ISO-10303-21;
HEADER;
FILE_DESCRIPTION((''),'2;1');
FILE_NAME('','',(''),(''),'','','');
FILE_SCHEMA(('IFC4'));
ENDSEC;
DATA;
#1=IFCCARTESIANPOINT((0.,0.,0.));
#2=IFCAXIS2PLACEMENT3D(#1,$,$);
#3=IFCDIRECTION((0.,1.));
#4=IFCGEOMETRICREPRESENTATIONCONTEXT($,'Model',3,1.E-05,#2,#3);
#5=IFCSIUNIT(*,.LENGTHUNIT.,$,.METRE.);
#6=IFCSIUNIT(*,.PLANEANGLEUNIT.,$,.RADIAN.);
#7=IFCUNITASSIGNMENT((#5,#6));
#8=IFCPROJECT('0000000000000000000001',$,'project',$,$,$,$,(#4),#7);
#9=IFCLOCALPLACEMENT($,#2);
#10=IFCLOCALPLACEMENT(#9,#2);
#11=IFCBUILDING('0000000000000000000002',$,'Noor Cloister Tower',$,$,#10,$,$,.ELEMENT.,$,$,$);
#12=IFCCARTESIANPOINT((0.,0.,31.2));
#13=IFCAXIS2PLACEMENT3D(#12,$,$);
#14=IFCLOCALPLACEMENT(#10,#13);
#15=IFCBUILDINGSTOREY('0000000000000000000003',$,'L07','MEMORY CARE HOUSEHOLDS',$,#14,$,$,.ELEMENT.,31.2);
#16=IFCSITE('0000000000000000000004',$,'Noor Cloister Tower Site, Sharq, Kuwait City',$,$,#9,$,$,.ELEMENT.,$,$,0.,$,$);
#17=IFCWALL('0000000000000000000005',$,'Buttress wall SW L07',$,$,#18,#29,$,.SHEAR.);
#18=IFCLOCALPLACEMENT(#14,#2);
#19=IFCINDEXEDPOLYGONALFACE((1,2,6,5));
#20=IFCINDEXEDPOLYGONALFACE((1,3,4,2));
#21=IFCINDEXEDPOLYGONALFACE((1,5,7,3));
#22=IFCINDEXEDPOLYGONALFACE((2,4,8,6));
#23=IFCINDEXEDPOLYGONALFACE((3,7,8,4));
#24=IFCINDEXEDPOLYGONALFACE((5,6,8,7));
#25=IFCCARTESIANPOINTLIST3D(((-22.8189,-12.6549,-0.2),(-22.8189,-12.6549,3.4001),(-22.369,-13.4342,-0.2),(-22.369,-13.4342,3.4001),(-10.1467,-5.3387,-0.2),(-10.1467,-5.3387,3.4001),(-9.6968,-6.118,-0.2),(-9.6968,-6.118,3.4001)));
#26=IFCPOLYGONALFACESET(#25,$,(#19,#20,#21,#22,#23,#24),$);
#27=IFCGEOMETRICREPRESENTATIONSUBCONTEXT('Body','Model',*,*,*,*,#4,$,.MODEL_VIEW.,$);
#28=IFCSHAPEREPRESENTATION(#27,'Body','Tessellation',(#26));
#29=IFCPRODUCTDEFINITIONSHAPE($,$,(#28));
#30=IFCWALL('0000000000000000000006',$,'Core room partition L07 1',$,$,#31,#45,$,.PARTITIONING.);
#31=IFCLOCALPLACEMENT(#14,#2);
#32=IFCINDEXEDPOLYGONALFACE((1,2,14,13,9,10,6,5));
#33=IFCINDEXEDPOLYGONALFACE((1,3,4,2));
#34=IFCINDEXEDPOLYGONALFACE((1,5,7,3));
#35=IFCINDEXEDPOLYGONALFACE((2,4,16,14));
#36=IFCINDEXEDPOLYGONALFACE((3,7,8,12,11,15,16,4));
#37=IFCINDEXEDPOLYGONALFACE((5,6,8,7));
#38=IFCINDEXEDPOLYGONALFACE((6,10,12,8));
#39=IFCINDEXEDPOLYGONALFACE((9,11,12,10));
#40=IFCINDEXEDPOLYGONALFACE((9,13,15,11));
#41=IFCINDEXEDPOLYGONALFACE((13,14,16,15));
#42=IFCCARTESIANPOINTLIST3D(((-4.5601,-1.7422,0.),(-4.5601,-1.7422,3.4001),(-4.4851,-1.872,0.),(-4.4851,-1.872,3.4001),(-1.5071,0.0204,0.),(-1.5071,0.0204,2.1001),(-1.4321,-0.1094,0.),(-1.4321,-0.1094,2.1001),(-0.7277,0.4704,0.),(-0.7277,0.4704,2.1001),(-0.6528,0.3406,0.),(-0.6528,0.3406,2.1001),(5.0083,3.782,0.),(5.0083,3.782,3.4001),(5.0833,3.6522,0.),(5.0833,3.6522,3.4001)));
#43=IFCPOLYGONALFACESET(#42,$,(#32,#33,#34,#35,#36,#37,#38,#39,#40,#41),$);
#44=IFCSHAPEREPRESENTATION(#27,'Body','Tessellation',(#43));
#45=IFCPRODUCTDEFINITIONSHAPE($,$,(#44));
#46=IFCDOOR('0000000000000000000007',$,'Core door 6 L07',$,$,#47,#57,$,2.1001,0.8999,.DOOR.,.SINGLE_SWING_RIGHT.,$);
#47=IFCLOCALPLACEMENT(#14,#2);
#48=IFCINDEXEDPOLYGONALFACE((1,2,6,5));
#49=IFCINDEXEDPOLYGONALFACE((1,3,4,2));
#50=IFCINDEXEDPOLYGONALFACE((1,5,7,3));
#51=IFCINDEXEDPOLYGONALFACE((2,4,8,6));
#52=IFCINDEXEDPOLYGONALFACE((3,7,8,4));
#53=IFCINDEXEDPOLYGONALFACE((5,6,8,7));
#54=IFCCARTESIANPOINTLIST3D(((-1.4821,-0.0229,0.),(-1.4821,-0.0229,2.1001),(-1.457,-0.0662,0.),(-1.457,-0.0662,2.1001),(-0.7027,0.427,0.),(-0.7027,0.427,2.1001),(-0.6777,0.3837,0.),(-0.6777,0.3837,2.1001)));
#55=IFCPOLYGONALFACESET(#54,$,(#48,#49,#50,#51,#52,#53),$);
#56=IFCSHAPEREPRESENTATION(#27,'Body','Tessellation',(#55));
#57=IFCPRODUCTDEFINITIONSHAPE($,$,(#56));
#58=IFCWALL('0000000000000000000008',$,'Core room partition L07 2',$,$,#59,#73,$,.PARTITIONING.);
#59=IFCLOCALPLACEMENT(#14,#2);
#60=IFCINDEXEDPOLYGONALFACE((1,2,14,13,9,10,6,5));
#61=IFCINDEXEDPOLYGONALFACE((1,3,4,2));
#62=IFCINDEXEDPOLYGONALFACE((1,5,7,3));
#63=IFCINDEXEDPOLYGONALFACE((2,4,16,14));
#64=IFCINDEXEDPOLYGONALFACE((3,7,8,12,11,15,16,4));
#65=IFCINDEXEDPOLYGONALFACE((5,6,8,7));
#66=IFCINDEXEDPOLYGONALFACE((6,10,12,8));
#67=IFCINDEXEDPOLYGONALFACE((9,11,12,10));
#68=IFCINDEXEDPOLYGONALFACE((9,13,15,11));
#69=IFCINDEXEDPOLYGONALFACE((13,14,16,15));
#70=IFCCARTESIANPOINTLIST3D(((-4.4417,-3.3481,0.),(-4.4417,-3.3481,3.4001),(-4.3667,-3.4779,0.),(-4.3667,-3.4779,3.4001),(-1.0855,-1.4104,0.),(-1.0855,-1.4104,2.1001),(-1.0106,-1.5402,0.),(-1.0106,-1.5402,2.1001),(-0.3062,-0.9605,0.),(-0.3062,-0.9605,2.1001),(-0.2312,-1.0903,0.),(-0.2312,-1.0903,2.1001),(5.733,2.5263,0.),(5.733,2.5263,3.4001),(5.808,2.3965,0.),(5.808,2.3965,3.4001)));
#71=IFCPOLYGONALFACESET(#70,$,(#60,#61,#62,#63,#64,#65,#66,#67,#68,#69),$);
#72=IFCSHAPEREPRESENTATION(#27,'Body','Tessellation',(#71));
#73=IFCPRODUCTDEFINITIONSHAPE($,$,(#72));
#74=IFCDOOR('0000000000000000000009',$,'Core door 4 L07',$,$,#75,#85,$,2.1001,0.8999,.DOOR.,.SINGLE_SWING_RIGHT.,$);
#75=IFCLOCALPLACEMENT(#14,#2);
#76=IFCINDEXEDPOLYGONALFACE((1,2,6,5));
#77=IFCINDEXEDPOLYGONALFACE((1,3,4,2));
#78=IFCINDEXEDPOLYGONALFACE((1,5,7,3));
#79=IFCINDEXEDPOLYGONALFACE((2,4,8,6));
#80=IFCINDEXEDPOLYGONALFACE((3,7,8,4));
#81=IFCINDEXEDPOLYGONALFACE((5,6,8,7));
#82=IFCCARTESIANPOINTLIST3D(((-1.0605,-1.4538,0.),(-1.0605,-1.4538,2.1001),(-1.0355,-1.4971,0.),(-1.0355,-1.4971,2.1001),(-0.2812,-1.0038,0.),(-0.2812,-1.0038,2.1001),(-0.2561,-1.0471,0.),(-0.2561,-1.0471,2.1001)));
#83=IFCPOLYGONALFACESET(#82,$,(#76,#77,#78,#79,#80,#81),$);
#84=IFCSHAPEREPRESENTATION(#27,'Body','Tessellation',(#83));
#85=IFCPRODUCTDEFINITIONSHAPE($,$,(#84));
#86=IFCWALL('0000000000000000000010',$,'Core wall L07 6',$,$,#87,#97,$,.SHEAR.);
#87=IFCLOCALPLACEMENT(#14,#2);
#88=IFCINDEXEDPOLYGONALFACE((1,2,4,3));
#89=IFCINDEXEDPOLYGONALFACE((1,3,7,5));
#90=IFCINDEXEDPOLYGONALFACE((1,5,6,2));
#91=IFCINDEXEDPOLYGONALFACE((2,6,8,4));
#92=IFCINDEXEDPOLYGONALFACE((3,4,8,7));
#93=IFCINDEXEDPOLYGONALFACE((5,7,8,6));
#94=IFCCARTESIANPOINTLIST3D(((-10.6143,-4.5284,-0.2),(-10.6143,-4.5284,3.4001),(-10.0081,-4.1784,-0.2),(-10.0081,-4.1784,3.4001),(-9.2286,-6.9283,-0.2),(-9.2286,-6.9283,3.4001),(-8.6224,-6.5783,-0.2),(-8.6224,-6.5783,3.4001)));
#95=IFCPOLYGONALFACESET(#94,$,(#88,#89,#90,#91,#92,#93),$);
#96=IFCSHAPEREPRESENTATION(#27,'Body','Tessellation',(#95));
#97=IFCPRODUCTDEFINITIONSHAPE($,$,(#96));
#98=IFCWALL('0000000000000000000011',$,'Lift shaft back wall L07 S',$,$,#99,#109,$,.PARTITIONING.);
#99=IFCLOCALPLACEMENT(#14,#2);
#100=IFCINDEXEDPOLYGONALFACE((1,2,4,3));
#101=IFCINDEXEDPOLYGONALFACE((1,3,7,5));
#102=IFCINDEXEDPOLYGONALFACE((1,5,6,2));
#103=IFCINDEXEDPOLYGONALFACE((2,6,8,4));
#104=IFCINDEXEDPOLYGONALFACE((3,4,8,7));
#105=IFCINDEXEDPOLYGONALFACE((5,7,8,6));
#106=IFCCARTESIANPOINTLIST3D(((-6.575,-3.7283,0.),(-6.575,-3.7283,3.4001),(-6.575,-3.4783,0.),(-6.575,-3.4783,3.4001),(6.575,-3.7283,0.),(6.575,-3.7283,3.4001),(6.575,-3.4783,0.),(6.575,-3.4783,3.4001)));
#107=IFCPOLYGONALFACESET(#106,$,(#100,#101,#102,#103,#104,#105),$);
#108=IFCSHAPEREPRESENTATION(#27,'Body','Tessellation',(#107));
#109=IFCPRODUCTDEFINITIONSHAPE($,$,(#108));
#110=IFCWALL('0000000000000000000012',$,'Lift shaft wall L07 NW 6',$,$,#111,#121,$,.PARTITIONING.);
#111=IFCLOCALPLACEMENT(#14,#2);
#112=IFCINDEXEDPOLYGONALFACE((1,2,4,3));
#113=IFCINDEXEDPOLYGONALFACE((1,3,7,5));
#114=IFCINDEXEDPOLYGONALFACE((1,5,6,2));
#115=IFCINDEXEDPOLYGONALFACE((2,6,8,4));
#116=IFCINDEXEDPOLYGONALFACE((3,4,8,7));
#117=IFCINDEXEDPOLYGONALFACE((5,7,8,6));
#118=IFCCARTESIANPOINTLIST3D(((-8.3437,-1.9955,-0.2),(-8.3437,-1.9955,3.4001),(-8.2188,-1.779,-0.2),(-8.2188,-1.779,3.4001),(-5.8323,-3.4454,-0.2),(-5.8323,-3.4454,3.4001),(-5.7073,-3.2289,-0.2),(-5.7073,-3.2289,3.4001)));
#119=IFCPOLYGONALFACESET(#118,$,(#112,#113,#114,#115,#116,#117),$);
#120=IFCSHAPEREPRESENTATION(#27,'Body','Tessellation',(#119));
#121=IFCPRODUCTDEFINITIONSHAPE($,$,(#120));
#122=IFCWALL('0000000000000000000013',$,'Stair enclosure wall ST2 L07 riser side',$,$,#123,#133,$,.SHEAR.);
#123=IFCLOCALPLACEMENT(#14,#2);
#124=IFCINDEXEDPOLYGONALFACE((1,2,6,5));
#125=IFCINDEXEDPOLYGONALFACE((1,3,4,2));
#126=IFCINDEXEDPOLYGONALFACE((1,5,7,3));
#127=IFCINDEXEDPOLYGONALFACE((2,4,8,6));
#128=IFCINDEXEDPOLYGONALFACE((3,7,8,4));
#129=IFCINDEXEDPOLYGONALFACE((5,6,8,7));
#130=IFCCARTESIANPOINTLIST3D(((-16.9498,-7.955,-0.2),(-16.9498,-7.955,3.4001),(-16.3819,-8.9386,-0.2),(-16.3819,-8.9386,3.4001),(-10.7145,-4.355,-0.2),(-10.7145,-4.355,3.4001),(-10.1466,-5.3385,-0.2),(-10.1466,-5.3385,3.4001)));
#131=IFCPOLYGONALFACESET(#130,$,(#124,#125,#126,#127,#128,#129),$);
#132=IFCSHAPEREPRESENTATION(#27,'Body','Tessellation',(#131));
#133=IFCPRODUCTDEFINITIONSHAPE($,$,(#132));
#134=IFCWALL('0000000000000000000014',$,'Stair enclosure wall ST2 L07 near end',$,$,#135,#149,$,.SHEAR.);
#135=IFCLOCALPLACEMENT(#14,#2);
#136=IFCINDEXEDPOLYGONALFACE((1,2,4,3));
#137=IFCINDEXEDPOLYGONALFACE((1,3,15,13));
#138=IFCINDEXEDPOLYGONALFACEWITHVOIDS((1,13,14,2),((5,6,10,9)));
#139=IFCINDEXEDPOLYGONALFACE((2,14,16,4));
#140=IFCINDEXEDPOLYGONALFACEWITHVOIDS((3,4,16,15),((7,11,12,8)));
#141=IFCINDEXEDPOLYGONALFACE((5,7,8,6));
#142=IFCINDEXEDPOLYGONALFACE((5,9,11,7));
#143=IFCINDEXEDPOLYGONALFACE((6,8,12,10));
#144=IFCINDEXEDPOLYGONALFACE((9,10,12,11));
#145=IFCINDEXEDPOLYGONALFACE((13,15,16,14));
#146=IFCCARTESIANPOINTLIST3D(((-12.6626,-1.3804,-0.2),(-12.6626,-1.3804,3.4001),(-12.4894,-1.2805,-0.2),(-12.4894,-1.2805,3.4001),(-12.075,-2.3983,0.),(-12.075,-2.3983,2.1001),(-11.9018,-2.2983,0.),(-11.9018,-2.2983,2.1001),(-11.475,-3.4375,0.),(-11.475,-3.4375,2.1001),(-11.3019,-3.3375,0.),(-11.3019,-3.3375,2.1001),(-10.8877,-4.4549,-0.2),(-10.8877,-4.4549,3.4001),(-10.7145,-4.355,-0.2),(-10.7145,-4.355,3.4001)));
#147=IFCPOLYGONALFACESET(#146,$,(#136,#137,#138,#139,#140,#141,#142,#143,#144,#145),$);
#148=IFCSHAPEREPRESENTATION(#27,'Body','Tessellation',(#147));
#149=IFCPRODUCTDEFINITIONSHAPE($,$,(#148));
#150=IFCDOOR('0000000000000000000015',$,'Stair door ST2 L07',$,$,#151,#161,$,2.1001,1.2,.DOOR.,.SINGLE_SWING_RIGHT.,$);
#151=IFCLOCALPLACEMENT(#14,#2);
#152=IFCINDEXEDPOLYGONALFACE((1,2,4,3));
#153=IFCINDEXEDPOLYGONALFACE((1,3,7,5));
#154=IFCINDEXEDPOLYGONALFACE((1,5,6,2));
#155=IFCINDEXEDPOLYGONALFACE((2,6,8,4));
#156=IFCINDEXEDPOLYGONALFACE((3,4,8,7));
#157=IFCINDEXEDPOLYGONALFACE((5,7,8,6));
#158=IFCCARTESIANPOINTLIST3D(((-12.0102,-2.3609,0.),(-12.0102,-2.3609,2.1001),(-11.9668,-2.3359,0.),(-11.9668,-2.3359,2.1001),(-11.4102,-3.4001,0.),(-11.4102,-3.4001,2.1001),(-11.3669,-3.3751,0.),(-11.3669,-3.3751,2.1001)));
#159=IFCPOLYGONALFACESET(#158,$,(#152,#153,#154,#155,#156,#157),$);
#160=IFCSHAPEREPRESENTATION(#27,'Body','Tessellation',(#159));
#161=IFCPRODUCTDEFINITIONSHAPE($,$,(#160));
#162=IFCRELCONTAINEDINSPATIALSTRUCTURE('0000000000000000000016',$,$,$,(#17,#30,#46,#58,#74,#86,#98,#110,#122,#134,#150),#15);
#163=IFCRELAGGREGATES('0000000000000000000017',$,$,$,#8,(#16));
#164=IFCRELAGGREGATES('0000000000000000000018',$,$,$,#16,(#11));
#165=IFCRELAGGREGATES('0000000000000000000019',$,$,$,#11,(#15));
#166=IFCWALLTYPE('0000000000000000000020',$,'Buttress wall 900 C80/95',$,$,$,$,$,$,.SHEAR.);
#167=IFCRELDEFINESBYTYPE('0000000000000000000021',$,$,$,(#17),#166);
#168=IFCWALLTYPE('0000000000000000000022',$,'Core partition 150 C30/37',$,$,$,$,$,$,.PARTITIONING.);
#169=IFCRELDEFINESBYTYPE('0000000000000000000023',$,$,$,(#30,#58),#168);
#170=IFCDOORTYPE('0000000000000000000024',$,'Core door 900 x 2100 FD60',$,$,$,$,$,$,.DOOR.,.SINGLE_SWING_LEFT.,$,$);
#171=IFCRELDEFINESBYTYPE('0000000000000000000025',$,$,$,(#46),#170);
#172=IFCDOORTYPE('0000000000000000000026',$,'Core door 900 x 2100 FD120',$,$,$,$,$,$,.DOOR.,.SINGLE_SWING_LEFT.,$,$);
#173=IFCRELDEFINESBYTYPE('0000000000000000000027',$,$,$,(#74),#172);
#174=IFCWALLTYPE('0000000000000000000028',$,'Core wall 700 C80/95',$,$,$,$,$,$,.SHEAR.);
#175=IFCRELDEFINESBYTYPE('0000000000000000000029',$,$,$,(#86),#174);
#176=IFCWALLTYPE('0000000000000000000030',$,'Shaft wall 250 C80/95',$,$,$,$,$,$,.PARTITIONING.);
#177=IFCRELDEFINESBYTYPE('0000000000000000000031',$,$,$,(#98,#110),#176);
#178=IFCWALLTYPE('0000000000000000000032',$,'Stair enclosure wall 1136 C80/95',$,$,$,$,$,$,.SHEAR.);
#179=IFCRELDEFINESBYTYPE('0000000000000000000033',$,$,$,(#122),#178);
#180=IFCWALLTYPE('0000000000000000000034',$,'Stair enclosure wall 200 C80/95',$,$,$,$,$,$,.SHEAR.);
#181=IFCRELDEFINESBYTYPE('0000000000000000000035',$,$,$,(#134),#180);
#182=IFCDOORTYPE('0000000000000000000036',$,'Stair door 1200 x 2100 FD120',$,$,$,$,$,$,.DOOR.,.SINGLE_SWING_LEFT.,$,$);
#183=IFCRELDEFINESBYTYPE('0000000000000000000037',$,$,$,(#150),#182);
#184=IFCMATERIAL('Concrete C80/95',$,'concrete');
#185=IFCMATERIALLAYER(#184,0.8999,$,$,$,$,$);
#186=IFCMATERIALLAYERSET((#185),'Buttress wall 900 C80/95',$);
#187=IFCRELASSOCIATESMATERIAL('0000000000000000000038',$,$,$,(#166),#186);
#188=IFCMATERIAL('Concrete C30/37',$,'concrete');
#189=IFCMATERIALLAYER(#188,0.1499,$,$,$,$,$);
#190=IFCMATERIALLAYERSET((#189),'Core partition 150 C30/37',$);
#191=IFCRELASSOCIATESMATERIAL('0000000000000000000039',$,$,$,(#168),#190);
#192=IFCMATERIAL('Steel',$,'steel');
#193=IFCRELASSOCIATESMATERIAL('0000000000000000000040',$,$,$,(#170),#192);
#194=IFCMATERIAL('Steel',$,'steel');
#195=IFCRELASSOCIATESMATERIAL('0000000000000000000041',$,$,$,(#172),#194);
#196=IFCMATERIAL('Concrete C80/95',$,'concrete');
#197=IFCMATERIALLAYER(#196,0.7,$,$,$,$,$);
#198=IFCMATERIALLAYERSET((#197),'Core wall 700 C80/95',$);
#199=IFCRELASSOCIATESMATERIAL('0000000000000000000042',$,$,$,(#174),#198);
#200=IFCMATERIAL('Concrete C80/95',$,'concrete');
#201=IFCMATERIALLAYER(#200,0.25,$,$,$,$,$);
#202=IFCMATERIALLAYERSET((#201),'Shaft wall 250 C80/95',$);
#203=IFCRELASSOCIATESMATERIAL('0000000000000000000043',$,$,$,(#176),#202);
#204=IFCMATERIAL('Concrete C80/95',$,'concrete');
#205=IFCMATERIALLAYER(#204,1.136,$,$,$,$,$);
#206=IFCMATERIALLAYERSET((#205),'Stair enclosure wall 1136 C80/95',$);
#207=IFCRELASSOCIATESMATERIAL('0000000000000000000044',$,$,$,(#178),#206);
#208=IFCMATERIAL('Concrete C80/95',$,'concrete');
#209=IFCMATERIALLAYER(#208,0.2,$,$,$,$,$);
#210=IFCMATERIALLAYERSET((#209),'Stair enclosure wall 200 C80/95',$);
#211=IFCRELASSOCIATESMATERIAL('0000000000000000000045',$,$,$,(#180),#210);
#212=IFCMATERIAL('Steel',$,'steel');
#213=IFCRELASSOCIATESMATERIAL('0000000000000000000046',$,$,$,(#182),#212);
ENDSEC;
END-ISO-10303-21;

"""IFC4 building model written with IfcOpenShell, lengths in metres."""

from ifc_helpers import new_model, si_unit, direction, frame, frame_2d, origin, place, context, subcontext, project, spatial, rectangle, extrude, material, layer, layer_set, type_object, element, fill, save


model = new_model("IFC4")

# Units and contexts
model_context = context("Model", 3, precision=1e-05, world=origin(), true_north=direction((0.0, 1.0)))
body_context = subcontext(model_context, "Body", "Model", "MODEL_VIEW")
ifc_project = project(units=[si_unit("LENGTHUNIT", "METRE"), si_unit("PLANEANGLEUNIT", "RADIAN")], contexts=[model_context])

# Site, building, storey
site_placement = place(None, origin())
site = spatial("IfcSite", under=ifc_project, at=site_placement, Name="Noor Cloister Tower Site, Sharq, Kuwait City", CompositionType="ELEMENT", RefElevation=0.0)
building_placement = place(site_placement, origin())
building = spatial("IfcBuilding", under=site, at=building_placement, Name="Noor Cloister Tower", CompositionType="ELEMENT")
storey_placement = place(building_placement, frame((0.0, 0.0, 31.2)))
storey = spatial("IfcBuildingStorey", under=building, at=storey_placement, Name="L07", Description="MEMORY CARE HOUSEHOLDS", CompositionType="ELEMENT", Elevation=31.2)

# Wall
ifc_material_1 = material(Name="Concrete C80/95", Category="concrete")
ifc_layer_1 = layer(ifc_material_1, 0.8999)
ifc_layer_set_1 = layer_set([ifc_layer_1], Name="Buttress wall 900 C80/95")
wall_type_1 = type_object("IfcWallType", Name="Buttress wall 900 C80/95", PredefinedType="SHEAR", material=ifc_layer_set_1)
wall_1_placement = place(storey_placement, frame((-9.9216, -5.7283, -0.2), z_axis=(0.0, 0.0, 1.0), x_axis=(-0.866028, -0.499995, 0.0)))
element("IfcWall", 1, at=wall_1_placement, inside=storey, type_object=wall_type_1, Name="Buttress wall SW L07", PredefinedType="SHEAR", context=body_context, shape_type="SweptSolid", body=[
    extrude(rectangle(XDim=14.6326, YDim=0.8999, at=frame_2d((7.3164, 0.0))), origin(), (0.0, 0.0, 1.0), 3.6001),
])

# Walls, openings, doors
ifc_material_2 = material(Name="Concrete C30/37", Category="concrete")
ifc_layer_2 = layer(ifc_material_2, 0.1499)
ifc_layer_set_2 = layer_set([ifc_layer_2], Name="Core partition 150 C30/37")
wall_type_2 = type_object("IfcWallType", Name="Core partition 150 C30/37", PredefinedType="PARTITIONING", material=ifc_layer_set_2)
wall_2_placement = place(storey_placement, frame((-4.5227, -1.8071, 0.0), z_axis=(0.0, 0.0, 1.0), x_axis=(0.86603, 0.499992, 0.0)))
wall_2 = element("IfcWall", 2, at=wall_2_placement, inside=storey, type_object=wall_type_2, Name="Core room partition L07 1", PredefinedType="PARTITIONING", context=body_context, shape_type="SweptSolid", body=[
    extrude(rectangle(XDim=11.0486, YDim=0.1499, at=frame_2d((5.5244, 0.0))), origin(), (0.0, 0.0, 1.0), 3.4001),
])
opening_1_placement = place(wall_2_placement, frame((3.5254, 0.0, 0.0)))
opening_1 = element("IfcOpeningElement", 3, at=opening_1_placement, cuts=wall_2, PredefinedType="OPENING", context=body_context, shape_type="SweptSolid", body=[
    extrude(rectangle(XDim=0.8999, YDim=2.1001, at=frame_2d((0.45, 1.05))), frame((0.0, 0.085, 0.0), z_axis=(0.0, -1.0, 0.0), x_axis=(1.0, 0.0, 0.0)), (0.0, 0.0, 1.0), 0.1699),
])
ifc_material_3 = material(Name="Steel", Category="steel")
door_type_1 = type_object("IfcDoorType", Name="Core door 900 x 2100 FD60", OperationType="SINGLE_SWING_LEFT", PredefinedType="DOOR", material=ifc_material_3)
door_1_placement = place(opening_1_placement, origin())
door_1 = element("IfcDoor", 4, at=door_1_placement, inside=storey, type_object=door_type_1, Name="Core door 6 L07", OperationType="SINGLE_SWING_RIGHT", OverallHeight=2.1001, OverallWidth=0.8999, PredefinedType="DOOR", context=body_context, shape_type="SweptSolid", body=[
    extrude(rectangle(XDim=0.8999, YDim=2.1001, at=frame_2d((0.45, 1.05))), frame((0.0, 0.0249, 0.0), z_axis=(0.0, -1.0, 0.0), x_axis=(1.0, 0.0, 0.0)), (0.0, 0.0, 1.0), 0.05),
])
fill(opening_1, door_1)
wall_3_placement = place(storey_placement, frame((-4.4043, -3.4131, 0.0), z_axis=(0.0, 0.0, 1.0), x_axis=(0.866022, 0.500005, 0.0)))
wall_3 = element("IfcWall", 5, at=wall_3_placement, inside=storey, type_object=wall_type_2, Name="Core room partition L07 2", PredefinedType="PARTITIONING", context=body_context, shape_type="SweptSolid", body=[
    extrude(rectangle(XDim=11.7488, YDim=0.1499, at=frame_2d((5.8745, 0.0))), origin(), (0.0, 0.0, 1.0), 3.4001),
])
opening_2_placement = place(wall_3_placement, frame((3.8755, 0.0, 0.0)))
opening_2 = element("IfcOpeningElement", 6, at=opening_2_placement, cuts=wall_3, PredefinedType="OPENING", context=body_context, shape_type="SweptSolid", body=[
    extrude(rectangle(XDim=0.8999, YDim=2.1001, at=frame_2d((0.45, 1.05))), frame((0.0, 0.085, 0.0), z_axis=(0.0, -1.0, 0.0), x_axis=(1.0, 0.0, 0.0)), (0.0, 0.0, 1.0), 0.1699),
])
ifc_material_4 = material(Name="Steel", Category="steel")
door_type_2 = type_object("IfcDoorType", Name="Core door 900 x 2100 FD120", OperationType="SINGLE_SWING_LEFT", PredefinedType="DOOR", material=ifc_material_4)
door_2_placement = place(opening_2_placement, origin())
door_2 = element("IfcDoor", 7, at=door_2_placement, inside=storey, type_object=door_type_2, Name="Core door 4 L07", OperationType="SINGLE_SWING_RIGHT", OverallHeight=2.1001, OverallWidth=0.8999, PredefinedType="DOOR", context=body_context, shape_type="SweptSolid", body=[
    extrude(rectangle(XDim=0.8999, YDim=2.1001, at=frame_2d((0.45, 1.05))), frame((0.0, 0.0249, 0.0), z_axis=(0.0, -1.0, 0.0), x_axis=(1.0, 0.0, 0.0)), (0.0, 0.0, 1.0), 0.05),
])
fill(opening_2, door_2)

# Walls
ifc_material_5 = material(Name="Concrete C80/95", Category="concrete")
ifc_layer_3 = layer(ifc_material_5, 0.7)
ifc_layer_set_3 = layer_set([ifc_layer_3], Name="Core wall 700 C80/95")
wall_type_3 = type_object("IfcWallType", Name="Core wall 700 C80/95", PredefinedType="SHEAR", material=ifc_layer_set_3)
wall_4_placement = place(storey_placement, frame((-10.3113, -4.3533, -0.2), z_axis=(0.0, 0.0, 1.0), x_axis=(0.500043, -0.866001, 0.0)))
element("IfcWall", 8, at=wall_4_placement, inside=storey, type_object=wall_type_3, Name="Core wall L07 6", PredefinedType="SHEAR", context=body_context, shape_type="SweptSolid", body=[
    extrude(rectangle(XDim=2.7712, YDim=0.7, at=frame_2d((1.3857, 0.0))), origin(), (0.0, 0.0, 1.0), 3.6001),
])
ifc_material_6 = material(Name="Concrete C80/95", Category="concrete")
ifc_layer_4 = layer(ifc_material_6, 0.25)
ifc_layer_set_4 = layer_set([ifc_layer_4], Name="Shaft wall 250 C80/95")
wall_type_4 = type_object("IfcWallType", Name="Shaft wall 250 C80/95", PredefinedType="PARTITIONING", material=ifc_layer_set_4)
wall_5_placement = place(storey_placement, frame((-6.575, -3.6033, 0.0), z_axis=(0.0, 0.0, 1.0), x_axis=(1.0, 0.0, 0.0)))
element("IfcWall", 9, at=wall_5_placement, inside=storey, type_object=wall_type_4, Name="Lift shaft back wall L07 S", PredefinedType="PARTITIONING", context=body_context, shape_type="SweptSolid", body=[
    extrude(rectangle(XDim=13.1499, YDim=0.25, at=frame_2d((6.575, 0.0))), origin(), (0.0, 0.0, 1.0), 3.4001),
])
wall_6_placement = place(storey_placement, frame((-8.2812, -1.8872, -0.2), z_axis=(0.0, 0.0, 1.0), x_axis=(0.866033, -0.499987, 0.0)))
element("IfcWall", 10, at=wall_6_placement, inside=storey, type_object=wall_type_4, Name="Lift shaft wall L07 NW 6", PredefinedType="PARTITIONING", context=body_context, shape_type="SweptSolid", body=[
    extrude(rectangle(XDim=2.8999, YDim=0.25, at=frame_2d((1.45, 0.0))), origin(), (0.0, 0.0, 1.0), 3.6001),
])
ifc_material_7 = material(Name="Concrete C80/95", Category="concrete")
ifc_layer_5 = layer(ifc_material_7, 1.136)
ifc_layer_set_5 = layer_set([ifc_layer_5], Name="Stair enclosure wall 1136 C80/95")
wall_type_5 = type_object("IfcWallType", Name="Stair enclosure wall 1136 C80/95", PredefinedType="SHEAR", material=ifc_layer_set_5)
wall_7_placement = place(storey_placement, frame((-10.4304, -4.8467, -0.2), z_axis=(0.0, 0.0, 1.0), x_axis=(-0.866018, -0.500012, 0.0)))
element("IfcWall", 11, at=wall_7_placement, inside=storey, type_object=wall_type_5, Name="Stair enclosure wall ST2 L07 riser side", PredefinedType="SHEAR", context=body_context, shape_type="SweptSolid", body=[
    extrude(rectangle(XDim=7.2, YDim=1.1357, at=frame_2d((3.6001, 0.0))), origin(), (0.0, 0.0, 1.0), 3.6001),
])

# Wall, opening, door
ifc_material_8 = material(Name="Concrete C80/95", Category="concrete")
ifc_layer_6 = layer(ifc_material_8, 0.2)
ifc_layer_set_6 = layer_set([ifc_layer_6], Name="Stair enclosure wall 200 C80/95")
wall_type_6 = type_object("IfcWallType", Name="Stair enclosure wall 200 C80/95", PredefinedType="SHEAR", material=ifc_layer_set_6)
wall_8_placement = place(storey_placement, frame((-12.5759, -1.3306, -0.2), z_axis=(0.0, 0.0, 1.0), x_axis=(0.49997, -0.866042, 0.0)))
wall_8 = element("IfcWall", 12, at=wall_8_placement, inside=storey, type_object=wall_type_6, Name="Stair enclosure wall ST2 L07 near end", PredefinedType="SHEAR", context=body_context, shape_type="SweptSolid", body=[
    extrude(rectangle(XDim=3.55, YDim=0.2, at=frame_2d((1.7749, 0.0))), origin(), (0.0, 0.0, 1.0), 3.6001),
])
opening_3_placement = place(wall_8_placement, frame((1.175, 0.0, 0.2)))
opening_3 = element("IfcOpeningElement", 13, at=opening_3_placement, cuts=wall_8, PredefinedType="OPENING", context=body_context, shape_type="SweptSolid", body=[
    extrude(rectangle(XDim=1.2, YDim=2.1001, at=frame_2d((0.6001, 1.05))), frame((0.0, 0.1099, 0.0), z_axis=(0.0, -1.0, 0.0), x_axis=(1.0, 0.0, 0.0)), (0.0, 0.0, 1.0), 0.22),
])
ifc_material_9 = material(Name="Steel", Category="steel")
door_type_3 = type_object("IfcDoorType", Name="Stair door 1200 x 2100 FD120", OperationType="SINGLE_SWING_LEFT", PredefinedType="DOOR", material=ifc_material_9)
door_3_placement = place(opening_3_placement, origin())
door_3 = element("IfcDoor", 14, at=door_3_placement, inside=storey, type_object=door_type_3, Name="Stair door ST2 L07", OperationType="SINGLE_SWING_RIGHT", OverallHeight=2.1001, OverallWidth=1.2, PredefinedType="DOOR", context=body_context, shape_type="SweptSolid", body=[
    extrude(rectangle(XDim=1.2, YDim=2.1001, at=frame_2d((0.6001, 1.05))), frame((0.0, 0.0249, 0.0), z_axis=(0.0, -1.0, 0.0), x_axis=(1.0, 0.0, 0.0)), (0.0, 0.0, 1.0), 0.05),
])
fill(opening_3, door_3)

save(model, "model.ifc")
